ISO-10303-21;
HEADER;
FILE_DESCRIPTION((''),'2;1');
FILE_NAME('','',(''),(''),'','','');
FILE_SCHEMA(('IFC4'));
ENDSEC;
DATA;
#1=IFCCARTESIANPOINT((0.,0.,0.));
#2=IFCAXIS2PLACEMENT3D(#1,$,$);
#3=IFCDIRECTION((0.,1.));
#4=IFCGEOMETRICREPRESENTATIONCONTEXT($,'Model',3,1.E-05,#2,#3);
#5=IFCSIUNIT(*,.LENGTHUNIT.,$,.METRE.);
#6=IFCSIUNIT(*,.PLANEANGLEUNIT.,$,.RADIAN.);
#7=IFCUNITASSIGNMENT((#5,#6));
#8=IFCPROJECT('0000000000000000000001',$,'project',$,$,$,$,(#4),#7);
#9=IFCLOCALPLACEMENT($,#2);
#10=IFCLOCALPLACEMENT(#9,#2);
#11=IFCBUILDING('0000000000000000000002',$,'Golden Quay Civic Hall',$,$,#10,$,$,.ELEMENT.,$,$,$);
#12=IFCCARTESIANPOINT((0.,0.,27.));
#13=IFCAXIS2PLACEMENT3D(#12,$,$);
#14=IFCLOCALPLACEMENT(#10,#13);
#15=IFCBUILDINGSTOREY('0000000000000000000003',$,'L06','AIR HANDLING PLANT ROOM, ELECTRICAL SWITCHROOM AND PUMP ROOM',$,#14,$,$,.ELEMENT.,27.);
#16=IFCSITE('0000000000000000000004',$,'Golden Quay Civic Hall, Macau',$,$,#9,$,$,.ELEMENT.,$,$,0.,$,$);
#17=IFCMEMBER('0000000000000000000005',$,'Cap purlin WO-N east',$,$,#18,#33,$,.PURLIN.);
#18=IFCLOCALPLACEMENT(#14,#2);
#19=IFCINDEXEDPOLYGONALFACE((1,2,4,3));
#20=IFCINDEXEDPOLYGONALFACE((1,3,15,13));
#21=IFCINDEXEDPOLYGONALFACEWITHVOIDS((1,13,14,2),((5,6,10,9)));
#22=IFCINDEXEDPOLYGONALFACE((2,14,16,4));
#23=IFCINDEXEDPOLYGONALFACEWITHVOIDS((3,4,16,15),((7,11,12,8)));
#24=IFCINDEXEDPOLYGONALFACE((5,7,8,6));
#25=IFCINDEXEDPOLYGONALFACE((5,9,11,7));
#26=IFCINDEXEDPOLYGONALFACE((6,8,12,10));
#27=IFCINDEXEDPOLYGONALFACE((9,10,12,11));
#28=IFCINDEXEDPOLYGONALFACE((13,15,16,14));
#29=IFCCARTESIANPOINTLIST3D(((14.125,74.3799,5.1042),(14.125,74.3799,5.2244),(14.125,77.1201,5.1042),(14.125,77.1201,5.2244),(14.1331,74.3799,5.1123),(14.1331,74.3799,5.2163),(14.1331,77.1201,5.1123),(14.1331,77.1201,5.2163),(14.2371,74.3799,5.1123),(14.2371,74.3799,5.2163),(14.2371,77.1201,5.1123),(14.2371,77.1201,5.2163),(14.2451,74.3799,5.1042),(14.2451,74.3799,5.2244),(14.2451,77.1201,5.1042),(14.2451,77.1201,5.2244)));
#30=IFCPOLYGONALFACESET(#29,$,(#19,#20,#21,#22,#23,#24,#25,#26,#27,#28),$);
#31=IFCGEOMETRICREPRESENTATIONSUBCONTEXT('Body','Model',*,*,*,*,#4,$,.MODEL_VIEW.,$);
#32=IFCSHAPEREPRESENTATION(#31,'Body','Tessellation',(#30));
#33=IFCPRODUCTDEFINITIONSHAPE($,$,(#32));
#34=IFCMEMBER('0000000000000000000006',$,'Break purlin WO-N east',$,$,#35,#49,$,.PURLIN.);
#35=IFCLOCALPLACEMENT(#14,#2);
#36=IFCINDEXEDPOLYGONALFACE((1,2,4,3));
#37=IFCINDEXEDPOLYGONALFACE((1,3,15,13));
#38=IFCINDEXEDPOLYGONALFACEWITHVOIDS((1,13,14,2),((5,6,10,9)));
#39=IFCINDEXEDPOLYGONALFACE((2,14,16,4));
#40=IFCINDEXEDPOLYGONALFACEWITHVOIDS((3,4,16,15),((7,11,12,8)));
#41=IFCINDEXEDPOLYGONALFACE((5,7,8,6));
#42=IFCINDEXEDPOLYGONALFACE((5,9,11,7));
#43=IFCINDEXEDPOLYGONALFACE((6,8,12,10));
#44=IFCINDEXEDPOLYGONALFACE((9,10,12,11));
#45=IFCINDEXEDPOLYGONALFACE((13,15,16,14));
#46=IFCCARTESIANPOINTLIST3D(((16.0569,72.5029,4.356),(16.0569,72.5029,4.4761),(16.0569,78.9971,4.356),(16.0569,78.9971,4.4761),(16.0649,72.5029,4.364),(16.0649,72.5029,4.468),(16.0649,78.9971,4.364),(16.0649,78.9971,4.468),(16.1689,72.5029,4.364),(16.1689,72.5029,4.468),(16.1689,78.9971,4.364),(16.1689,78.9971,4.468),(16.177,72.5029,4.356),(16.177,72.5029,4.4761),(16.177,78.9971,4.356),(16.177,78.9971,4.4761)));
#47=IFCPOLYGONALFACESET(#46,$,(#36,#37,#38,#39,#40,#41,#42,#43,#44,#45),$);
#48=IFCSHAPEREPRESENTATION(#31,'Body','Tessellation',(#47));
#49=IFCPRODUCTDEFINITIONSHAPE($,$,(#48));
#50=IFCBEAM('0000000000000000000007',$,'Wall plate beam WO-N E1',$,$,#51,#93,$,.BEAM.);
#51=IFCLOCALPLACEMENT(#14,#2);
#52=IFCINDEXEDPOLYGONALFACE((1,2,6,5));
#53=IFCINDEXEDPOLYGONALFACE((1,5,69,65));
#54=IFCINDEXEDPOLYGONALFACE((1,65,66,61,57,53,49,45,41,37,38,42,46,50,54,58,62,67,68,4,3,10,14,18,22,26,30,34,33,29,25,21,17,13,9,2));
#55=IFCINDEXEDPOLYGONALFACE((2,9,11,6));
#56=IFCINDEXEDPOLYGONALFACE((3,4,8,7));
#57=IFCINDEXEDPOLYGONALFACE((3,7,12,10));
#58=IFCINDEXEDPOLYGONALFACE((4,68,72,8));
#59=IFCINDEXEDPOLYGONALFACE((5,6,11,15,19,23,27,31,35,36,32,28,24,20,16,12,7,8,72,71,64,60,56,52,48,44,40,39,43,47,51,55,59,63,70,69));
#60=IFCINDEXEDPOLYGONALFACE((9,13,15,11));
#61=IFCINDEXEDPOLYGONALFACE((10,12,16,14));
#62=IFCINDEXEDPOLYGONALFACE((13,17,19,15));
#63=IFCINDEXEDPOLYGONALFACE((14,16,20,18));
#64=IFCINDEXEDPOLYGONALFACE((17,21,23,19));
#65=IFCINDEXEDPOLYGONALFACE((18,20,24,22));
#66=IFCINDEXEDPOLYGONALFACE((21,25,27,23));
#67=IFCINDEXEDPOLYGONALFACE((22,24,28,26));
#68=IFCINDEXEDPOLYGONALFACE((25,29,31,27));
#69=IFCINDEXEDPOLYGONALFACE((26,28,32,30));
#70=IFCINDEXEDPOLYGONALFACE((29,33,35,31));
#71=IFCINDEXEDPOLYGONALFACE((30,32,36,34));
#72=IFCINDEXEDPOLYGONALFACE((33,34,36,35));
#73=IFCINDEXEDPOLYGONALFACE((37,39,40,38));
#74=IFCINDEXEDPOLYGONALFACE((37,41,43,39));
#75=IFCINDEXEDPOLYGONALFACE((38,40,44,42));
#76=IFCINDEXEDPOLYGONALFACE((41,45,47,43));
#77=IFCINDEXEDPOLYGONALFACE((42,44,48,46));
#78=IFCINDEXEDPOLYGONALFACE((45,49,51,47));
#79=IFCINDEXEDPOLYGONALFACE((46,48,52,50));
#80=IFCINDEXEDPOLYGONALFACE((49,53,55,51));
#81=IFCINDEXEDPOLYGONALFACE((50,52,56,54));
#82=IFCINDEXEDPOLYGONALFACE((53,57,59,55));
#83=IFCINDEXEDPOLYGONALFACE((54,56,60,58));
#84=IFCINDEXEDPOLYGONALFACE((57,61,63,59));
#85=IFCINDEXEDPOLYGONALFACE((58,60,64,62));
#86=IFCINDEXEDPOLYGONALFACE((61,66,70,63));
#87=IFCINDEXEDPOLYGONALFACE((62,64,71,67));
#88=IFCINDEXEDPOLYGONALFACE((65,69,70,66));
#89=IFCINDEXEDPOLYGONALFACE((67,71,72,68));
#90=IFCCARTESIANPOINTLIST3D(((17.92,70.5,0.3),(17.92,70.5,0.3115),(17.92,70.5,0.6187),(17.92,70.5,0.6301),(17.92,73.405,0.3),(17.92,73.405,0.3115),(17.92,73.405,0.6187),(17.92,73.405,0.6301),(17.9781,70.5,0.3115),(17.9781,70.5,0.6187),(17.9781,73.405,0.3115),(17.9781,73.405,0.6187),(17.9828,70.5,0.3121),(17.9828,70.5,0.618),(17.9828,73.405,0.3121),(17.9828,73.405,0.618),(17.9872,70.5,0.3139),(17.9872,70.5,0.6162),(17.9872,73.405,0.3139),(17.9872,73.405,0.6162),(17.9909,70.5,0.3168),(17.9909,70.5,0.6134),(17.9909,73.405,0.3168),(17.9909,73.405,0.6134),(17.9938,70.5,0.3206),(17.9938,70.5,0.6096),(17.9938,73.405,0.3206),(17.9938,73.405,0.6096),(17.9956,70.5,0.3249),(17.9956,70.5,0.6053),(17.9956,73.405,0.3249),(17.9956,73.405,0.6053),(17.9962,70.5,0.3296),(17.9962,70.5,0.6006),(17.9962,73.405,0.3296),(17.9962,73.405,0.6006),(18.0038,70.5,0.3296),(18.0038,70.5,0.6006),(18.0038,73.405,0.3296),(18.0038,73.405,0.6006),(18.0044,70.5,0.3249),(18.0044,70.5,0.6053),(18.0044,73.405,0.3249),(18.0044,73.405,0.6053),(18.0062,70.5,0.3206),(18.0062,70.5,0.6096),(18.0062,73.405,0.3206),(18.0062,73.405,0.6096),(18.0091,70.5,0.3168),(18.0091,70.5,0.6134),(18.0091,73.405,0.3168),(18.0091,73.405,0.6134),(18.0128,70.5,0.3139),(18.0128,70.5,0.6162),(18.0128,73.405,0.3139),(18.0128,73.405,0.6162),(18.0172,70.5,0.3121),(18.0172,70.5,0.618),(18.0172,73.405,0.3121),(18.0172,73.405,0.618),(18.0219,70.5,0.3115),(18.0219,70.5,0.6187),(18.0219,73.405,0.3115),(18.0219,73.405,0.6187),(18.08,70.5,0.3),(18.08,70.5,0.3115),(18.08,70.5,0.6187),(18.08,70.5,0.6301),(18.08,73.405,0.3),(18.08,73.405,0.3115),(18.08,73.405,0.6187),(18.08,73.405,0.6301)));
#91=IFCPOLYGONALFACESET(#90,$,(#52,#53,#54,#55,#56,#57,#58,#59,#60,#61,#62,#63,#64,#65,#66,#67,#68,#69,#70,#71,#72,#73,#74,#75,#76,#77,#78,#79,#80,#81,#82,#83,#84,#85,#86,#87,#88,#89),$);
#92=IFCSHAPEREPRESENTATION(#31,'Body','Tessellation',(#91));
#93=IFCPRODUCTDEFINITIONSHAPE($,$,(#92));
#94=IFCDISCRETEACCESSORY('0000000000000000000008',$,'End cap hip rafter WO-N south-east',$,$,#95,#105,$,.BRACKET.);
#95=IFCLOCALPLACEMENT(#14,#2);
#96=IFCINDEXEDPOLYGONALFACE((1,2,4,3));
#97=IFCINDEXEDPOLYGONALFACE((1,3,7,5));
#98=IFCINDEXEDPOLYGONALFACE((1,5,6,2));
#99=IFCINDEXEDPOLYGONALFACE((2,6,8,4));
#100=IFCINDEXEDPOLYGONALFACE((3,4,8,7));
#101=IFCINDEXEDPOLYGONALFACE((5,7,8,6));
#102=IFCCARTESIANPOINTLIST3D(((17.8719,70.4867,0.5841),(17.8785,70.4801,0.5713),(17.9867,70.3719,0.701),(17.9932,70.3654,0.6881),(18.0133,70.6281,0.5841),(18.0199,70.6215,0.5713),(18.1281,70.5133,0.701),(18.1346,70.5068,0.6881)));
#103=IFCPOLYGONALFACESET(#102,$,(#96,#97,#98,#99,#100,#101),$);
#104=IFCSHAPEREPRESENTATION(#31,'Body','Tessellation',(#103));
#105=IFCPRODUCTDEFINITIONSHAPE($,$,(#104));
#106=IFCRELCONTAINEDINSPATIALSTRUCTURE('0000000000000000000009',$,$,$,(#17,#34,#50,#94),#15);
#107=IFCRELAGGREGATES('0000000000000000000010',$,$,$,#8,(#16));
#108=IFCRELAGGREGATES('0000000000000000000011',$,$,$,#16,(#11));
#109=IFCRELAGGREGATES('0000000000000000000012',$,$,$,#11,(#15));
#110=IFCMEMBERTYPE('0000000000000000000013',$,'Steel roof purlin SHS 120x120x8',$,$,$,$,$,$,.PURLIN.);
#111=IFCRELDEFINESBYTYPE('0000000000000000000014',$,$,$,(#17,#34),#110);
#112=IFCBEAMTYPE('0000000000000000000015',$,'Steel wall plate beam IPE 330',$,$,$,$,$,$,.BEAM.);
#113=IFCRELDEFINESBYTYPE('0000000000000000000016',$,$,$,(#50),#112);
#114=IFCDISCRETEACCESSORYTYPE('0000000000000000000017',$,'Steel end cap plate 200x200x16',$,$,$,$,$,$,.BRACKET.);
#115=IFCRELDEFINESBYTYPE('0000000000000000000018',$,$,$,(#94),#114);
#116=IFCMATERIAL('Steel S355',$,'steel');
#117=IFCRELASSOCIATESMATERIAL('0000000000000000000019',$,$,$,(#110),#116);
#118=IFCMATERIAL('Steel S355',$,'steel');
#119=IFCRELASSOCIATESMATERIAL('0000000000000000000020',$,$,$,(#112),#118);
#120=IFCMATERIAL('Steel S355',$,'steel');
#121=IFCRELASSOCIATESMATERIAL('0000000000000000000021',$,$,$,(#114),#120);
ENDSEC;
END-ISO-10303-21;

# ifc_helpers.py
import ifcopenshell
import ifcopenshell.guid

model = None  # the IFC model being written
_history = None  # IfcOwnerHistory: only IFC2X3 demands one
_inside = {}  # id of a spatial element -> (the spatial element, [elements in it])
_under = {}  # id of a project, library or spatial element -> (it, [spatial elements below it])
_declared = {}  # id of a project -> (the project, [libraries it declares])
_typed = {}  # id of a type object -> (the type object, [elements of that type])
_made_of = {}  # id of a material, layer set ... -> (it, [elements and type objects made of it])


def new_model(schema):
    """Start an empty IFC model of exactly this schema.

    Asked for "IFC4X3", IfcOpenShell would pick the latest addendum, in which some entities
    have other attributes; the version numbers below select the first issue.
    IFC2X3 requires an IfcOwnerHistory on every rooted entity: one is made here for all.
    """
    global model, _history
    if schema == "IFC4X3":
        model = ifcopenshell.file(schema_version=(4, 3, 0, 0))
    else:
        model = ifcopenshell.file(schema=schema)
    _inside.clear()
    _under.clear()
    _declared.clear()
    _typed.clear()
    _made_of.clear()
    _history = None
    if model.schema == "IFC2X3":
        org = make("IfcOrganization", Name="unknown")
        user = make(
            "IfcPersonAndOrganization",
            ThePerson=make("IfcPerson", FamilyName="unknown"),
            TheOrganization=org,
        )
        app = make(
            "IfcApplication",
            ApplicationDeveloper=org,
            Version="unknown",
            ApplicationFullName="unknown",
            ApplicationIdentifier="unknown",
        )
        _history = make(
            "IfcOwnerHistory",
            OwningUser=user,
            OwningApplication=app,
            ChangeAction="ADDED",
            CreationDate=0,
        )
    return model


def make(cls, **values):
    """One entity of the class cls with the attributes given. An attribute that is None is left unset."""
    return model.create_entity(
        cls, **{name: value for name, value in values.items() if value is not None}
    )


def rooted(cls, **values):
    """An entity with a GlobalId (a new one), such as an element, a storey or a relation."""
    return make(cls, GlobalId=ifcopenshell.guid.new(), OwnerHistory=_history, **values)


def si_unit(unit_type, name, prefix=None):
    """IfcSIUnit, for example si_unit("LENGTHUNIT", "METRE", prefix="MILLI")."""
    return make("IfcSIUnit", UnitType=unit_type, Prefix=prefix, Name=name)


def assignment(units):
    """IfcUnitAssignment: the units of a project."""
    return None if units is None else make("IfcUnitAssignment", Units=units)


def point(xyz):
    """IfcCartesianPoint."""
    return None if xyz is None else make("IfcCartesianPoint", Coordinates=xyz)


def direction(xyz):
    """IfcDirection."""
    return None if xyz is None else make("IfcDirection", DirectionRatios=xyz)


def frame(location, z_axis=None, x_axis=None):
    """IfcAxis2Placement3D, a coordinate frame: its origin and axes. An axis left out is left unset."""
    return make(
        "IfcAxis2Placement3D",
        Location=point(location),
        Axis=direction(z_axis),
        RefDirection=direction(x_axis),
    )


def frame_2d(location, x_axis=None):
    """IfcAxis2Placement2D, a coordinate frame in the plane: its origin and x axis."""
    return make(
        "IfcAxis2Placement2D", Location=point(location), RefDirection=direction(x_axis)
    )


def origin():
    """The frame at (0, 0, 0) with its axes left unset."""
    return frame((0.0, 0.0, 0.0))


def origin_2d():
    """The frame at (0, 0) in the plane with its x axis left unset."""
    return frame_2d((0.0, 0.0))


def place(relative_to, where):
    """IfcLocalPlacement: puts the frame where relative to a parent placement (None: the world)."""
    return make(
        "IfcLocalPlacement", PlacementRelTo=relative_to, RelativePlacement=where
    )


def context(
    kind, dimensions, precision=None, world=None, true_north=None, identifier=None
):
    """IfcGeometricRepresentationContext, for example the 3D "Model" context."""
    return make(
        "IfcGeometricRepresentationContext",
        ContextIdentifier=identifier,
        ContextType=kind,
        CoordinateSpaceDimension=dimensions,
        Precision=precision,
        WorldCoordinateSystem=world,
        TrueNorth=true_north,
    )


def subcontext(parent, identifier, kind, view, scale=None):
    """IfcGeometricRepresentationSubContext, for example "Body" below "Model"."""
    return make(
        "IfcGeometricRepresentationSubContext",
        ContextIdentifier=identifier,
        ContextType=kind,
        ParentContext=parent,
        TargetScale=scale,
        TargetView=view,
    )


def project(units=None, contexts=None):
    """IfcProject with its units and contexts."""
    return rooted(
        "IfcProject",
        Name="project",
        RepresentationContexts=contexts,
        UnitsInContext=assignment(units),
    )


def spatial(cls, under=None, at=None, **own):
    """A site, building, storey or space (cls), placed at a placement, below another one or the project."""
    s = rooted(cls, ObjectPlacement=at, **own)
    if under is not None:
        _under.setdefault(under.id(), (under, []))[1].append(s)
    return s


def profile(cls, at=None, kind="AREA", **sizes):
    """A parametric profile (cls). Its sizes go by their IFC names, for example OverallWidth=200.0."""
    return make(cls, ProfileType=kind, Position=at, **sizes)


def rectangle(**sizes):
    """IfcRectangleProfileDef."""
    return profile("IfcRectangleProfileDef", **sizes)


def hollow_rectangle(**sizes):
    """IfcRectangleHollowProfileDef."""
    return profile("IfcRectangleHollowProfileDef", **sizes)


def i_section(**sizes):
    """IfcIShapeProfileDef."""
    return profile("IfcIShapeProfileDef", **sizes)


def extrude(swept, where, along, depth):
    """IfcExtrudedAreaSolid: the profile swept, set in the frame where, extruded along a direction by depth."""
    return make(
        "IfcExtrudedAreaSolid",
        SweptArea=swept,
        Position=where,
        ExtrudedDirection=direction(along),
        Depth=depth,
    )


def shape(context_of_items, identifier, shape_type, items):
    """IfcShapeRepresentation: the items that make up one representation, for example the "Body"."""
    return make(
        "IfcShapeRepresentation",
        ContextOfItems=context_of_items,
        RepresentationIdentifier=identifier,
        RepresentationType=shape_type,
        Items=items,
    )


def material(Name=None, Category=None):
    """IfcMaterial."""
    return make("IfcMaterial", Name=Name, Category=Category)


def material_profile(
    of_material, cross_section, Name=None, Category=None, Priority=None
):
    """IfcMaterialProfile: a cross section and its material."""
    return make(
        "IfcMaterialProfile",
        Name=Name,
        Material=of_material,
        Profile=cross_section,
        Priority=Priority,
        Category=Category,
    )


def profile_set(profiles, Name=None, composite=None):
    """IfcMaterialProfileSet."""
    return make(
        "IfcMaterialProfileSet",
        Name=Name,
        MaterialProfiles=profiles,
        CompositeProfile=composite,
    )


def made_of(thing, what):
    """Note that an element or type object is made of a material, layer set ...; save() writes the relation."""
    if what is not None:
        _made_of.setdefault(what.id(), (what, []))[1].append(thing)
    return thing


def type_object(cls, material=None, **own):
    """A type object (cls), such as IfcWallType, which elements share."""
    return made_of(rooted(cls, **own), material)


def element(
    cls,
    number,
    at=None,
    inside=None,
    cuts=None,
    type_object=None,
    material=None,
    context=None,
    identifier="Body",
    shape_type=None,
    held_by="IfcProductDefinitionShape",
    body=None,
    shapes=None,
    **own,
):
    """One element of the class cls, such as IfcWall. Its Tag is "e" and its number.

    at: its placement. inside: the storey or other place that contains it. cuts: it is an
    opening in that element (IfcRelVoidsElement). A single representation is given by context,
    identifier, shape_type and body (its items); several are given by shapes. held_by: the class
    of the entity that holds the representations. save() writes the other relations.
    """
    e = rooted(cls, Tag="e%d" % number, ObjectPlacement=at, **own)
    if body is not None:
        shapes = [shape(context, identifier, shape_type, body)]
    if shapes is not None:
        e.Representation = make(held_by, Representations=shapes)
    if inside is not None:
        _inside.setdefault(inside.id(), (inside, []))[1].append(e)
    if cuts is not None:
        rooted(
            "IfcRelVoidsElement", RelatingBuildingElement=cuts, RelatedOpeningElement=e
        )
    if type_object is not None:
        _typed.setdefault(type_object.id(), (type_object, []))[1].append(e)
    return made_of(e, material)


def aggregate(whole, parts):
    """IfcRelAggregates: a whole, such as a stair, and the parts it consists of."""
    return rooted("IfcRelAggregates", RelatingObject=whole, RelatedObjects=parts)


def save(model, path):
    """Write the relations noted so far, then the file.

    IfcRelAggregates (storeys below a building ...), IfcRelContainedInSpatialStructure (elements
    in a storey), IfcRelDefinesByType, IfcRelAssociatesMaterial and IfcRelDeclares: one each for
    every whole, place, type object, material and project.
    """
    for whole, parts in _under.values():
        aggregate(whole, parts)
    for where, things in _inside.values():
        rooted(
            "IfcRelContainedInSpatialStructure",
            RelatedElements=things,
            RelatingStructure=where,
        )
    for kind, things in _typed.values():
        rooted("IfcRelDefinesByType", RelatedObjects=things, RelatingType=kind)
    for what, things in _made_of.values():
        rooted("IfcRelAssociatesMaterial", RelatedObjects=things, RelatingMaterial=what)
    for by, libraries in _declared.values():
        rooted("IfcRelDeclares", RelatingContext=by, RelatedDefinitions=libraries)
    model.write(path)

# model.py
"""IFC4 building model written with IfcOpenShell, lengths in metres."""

from ifc_helpers import new_model, si_unit, direction, frame, origin, origin_2d, place, context, subcontext, project, spatial, rectangle, hollow_rectangle, i_section, extrude, material, material_profile, profile_set, type_object, element, save


model = new_model("IFC4")

# Units and contexts
model_context = context("Model", 3, precision=1e-05, world=origin(), true_north=direction((0.0, 1.0)))
body_context = subcontext(model_context, "Body", "Model", "MODEL_VIEW")
ifc_project = project(units=[si_unit("LENGTHUNIT", "METRE"), si_unit("PLANEANGLEUNIT", "RADIAN")], contexts=[model_context])

# Site, building, storey
site_placement = place(None, origin())
site = spatial("IfcSite", under=ifc_project, at=site_placement, Name="Golden Quay Civic Hall, Macau", CompositionType="ELEMENT", RefElevation=0.0)
building_placement = place(site_placement, origin())
building = spatial("IfcBuilding", under=site, at=building_placement, Name="Golden Quay Civic Hall", CompositionType="ELEMENT")
storey_placement = place(building_placement, frame((0.0, 0.0, 27.0)))
storey = spatial("IfcBuildingStorey", under=building, at=storey_placement, Name="L06", Description="AIR HANDLING PLANT ROOM, ELECTRICAL SWITCHROOM AND PUMP ROOM", CompositionType="ELEMENT", Elevation=27.0)

# Members
ifc_material_1 = material(Name="Steel S355", Category="steel")
ifc_material_profile_1 = material_profile(ifc_material_1, hollow_rectangle(XDim=0.1201, YDim=0.1201, WallThickness=0.0081, at=origin_2d()), Name="SHS 120x120x8")
ifc_profile_set_1 = profile_set([ifc_material_profile_1], Name="Steel S355")
member_type_1 = type_object("IfcMemberType", Name="Steel roof purlin SHS 120x120x8", PredefinedType="PURLIN", material=ifc_profile_set_1)
member_1_placement = place(storey_placement, frame((14.1851, 74.3799, 5.1643), z_axis=(0.0, 1.0, 0.0), x_axis=(-1.0, 0.0, 0.0)))
element("IfcMember", 1, at=member_1_placement, inside=storey, type_object=member_type_1, Name="Cap purlin WO-N east", PredefinedType="PURLIN", context=body_context, shape_type="SweptSolid", body=[
    extrude(hollow_rectangle(XDim=0.1201, YDim=0.1201, WallThickness=0.0081, at=origin_2d()), origin(), (0.0, 0.0, 1.0), 2.7402),
])
member_2_placement = place(storey_placement, frame((16.1169, 72.5029, 4.416), z_axis=(0.0, 1.0, 0.0), x_axis=(-1.0, 0.0, 0.0)))
element("IfcMember", 2, at=member_2_placement, inside=storey, type_object=member_type_1, Name="Break purlin WO-N east", PredefinedType="PURLIN", context=body_context, shape_type="SweptSolid", body=[
    extrude(hollow_rectangle(XDim=0.1201, YDim=0.1201, WallThickness=0.0081, at=origin_2d()), origin(), (0.0, 0.0, 1.0), 6.4941),
])

# Beam
ifc_material_2 = material(Name="Steel S355", Category="steel")
ifc_material_profile_2 = material_profile(ifc_material_2, i_section(OverallWidth=0.1599, OverallDepth=0.3301, WebThickness=0.0076, FlangeThickness=0.0115, FilletRadius=0.0181, at=origin_2d()), Name="IPE 330")
ifc_profile_set_2 = profile_set([ifc_material_profile_2], Name="Steel S355")
beam_type_1 = type_object("IfcBeamType", Name="Steel wall plate beam IPE 330", PredefinedType="BEAM", material=ifc_profile_set_2)
beam_1_placement = place(storey_placement, frame((18.0, 70.5, 0.4651), z_axis=(0.0, 1.0, 0.0), x_axis=(-1.0, 0.0, 0.0)))
element("IfcBeam", 3, at=beam_1_placement, inside=storey, type_object=beam_type_1, Name="Wall plate beam WO-N E1", PredefinedType="BEAM", context=body_context, shape_type="SweptSolid", body=[
    extrude(i_section(OverallWidth=0.1599, OverallDepth=0.3301, WebThickness=0.0076, FlangeThickness=0.0115, FilletRadius=0.0181, at=origin_2d()), origin(), (0.0, 0.0, 1.0), 2.905),
])

# Discrete accessory
ifc_material_3 = material(Name="Steel S355", Category="steel")
ifc_material_profile_3 = material_profile(ifc_material_3, rectangle(XDim=0.2, YDim=0.2, at=origin_2d()), Name="Steel end cap plate 200x200x16")
ifc_profile_set_3 = profile_set([ifc_material_profile_3], Name="Steel S355")
discrete_accessory_type = type_object("IfcDiscreteAccessoryType", Name="Steel end cap plate 200x200x16", PredefinedType="BRACKET", material=ifc_profile_set_3)
discrete_accessory_placement = place(storey_placement, frame((18.0, 70.5, 0.6426), z_axis=(0.413335, -0.413335, -0.811362), x_axis=(0.707107, 0.707107, 0.0)))
element("IfcDiscreteAccessory", 4, at=discrete_accessory_placement, inside=storey, type_object=discrete_accessory_type, Name="End cap hip rafter WO-N south-east", PredefinedType="BRACKET", context=body_context, shape_type="SweptSolid", body=[
    extrude(rectangle(XDim=0.2, YDim=0.2, at=origin_2d()), origin(), (0.0, 0.0, 1.0), 0.0159),
])

save(model, "model.ifc")
